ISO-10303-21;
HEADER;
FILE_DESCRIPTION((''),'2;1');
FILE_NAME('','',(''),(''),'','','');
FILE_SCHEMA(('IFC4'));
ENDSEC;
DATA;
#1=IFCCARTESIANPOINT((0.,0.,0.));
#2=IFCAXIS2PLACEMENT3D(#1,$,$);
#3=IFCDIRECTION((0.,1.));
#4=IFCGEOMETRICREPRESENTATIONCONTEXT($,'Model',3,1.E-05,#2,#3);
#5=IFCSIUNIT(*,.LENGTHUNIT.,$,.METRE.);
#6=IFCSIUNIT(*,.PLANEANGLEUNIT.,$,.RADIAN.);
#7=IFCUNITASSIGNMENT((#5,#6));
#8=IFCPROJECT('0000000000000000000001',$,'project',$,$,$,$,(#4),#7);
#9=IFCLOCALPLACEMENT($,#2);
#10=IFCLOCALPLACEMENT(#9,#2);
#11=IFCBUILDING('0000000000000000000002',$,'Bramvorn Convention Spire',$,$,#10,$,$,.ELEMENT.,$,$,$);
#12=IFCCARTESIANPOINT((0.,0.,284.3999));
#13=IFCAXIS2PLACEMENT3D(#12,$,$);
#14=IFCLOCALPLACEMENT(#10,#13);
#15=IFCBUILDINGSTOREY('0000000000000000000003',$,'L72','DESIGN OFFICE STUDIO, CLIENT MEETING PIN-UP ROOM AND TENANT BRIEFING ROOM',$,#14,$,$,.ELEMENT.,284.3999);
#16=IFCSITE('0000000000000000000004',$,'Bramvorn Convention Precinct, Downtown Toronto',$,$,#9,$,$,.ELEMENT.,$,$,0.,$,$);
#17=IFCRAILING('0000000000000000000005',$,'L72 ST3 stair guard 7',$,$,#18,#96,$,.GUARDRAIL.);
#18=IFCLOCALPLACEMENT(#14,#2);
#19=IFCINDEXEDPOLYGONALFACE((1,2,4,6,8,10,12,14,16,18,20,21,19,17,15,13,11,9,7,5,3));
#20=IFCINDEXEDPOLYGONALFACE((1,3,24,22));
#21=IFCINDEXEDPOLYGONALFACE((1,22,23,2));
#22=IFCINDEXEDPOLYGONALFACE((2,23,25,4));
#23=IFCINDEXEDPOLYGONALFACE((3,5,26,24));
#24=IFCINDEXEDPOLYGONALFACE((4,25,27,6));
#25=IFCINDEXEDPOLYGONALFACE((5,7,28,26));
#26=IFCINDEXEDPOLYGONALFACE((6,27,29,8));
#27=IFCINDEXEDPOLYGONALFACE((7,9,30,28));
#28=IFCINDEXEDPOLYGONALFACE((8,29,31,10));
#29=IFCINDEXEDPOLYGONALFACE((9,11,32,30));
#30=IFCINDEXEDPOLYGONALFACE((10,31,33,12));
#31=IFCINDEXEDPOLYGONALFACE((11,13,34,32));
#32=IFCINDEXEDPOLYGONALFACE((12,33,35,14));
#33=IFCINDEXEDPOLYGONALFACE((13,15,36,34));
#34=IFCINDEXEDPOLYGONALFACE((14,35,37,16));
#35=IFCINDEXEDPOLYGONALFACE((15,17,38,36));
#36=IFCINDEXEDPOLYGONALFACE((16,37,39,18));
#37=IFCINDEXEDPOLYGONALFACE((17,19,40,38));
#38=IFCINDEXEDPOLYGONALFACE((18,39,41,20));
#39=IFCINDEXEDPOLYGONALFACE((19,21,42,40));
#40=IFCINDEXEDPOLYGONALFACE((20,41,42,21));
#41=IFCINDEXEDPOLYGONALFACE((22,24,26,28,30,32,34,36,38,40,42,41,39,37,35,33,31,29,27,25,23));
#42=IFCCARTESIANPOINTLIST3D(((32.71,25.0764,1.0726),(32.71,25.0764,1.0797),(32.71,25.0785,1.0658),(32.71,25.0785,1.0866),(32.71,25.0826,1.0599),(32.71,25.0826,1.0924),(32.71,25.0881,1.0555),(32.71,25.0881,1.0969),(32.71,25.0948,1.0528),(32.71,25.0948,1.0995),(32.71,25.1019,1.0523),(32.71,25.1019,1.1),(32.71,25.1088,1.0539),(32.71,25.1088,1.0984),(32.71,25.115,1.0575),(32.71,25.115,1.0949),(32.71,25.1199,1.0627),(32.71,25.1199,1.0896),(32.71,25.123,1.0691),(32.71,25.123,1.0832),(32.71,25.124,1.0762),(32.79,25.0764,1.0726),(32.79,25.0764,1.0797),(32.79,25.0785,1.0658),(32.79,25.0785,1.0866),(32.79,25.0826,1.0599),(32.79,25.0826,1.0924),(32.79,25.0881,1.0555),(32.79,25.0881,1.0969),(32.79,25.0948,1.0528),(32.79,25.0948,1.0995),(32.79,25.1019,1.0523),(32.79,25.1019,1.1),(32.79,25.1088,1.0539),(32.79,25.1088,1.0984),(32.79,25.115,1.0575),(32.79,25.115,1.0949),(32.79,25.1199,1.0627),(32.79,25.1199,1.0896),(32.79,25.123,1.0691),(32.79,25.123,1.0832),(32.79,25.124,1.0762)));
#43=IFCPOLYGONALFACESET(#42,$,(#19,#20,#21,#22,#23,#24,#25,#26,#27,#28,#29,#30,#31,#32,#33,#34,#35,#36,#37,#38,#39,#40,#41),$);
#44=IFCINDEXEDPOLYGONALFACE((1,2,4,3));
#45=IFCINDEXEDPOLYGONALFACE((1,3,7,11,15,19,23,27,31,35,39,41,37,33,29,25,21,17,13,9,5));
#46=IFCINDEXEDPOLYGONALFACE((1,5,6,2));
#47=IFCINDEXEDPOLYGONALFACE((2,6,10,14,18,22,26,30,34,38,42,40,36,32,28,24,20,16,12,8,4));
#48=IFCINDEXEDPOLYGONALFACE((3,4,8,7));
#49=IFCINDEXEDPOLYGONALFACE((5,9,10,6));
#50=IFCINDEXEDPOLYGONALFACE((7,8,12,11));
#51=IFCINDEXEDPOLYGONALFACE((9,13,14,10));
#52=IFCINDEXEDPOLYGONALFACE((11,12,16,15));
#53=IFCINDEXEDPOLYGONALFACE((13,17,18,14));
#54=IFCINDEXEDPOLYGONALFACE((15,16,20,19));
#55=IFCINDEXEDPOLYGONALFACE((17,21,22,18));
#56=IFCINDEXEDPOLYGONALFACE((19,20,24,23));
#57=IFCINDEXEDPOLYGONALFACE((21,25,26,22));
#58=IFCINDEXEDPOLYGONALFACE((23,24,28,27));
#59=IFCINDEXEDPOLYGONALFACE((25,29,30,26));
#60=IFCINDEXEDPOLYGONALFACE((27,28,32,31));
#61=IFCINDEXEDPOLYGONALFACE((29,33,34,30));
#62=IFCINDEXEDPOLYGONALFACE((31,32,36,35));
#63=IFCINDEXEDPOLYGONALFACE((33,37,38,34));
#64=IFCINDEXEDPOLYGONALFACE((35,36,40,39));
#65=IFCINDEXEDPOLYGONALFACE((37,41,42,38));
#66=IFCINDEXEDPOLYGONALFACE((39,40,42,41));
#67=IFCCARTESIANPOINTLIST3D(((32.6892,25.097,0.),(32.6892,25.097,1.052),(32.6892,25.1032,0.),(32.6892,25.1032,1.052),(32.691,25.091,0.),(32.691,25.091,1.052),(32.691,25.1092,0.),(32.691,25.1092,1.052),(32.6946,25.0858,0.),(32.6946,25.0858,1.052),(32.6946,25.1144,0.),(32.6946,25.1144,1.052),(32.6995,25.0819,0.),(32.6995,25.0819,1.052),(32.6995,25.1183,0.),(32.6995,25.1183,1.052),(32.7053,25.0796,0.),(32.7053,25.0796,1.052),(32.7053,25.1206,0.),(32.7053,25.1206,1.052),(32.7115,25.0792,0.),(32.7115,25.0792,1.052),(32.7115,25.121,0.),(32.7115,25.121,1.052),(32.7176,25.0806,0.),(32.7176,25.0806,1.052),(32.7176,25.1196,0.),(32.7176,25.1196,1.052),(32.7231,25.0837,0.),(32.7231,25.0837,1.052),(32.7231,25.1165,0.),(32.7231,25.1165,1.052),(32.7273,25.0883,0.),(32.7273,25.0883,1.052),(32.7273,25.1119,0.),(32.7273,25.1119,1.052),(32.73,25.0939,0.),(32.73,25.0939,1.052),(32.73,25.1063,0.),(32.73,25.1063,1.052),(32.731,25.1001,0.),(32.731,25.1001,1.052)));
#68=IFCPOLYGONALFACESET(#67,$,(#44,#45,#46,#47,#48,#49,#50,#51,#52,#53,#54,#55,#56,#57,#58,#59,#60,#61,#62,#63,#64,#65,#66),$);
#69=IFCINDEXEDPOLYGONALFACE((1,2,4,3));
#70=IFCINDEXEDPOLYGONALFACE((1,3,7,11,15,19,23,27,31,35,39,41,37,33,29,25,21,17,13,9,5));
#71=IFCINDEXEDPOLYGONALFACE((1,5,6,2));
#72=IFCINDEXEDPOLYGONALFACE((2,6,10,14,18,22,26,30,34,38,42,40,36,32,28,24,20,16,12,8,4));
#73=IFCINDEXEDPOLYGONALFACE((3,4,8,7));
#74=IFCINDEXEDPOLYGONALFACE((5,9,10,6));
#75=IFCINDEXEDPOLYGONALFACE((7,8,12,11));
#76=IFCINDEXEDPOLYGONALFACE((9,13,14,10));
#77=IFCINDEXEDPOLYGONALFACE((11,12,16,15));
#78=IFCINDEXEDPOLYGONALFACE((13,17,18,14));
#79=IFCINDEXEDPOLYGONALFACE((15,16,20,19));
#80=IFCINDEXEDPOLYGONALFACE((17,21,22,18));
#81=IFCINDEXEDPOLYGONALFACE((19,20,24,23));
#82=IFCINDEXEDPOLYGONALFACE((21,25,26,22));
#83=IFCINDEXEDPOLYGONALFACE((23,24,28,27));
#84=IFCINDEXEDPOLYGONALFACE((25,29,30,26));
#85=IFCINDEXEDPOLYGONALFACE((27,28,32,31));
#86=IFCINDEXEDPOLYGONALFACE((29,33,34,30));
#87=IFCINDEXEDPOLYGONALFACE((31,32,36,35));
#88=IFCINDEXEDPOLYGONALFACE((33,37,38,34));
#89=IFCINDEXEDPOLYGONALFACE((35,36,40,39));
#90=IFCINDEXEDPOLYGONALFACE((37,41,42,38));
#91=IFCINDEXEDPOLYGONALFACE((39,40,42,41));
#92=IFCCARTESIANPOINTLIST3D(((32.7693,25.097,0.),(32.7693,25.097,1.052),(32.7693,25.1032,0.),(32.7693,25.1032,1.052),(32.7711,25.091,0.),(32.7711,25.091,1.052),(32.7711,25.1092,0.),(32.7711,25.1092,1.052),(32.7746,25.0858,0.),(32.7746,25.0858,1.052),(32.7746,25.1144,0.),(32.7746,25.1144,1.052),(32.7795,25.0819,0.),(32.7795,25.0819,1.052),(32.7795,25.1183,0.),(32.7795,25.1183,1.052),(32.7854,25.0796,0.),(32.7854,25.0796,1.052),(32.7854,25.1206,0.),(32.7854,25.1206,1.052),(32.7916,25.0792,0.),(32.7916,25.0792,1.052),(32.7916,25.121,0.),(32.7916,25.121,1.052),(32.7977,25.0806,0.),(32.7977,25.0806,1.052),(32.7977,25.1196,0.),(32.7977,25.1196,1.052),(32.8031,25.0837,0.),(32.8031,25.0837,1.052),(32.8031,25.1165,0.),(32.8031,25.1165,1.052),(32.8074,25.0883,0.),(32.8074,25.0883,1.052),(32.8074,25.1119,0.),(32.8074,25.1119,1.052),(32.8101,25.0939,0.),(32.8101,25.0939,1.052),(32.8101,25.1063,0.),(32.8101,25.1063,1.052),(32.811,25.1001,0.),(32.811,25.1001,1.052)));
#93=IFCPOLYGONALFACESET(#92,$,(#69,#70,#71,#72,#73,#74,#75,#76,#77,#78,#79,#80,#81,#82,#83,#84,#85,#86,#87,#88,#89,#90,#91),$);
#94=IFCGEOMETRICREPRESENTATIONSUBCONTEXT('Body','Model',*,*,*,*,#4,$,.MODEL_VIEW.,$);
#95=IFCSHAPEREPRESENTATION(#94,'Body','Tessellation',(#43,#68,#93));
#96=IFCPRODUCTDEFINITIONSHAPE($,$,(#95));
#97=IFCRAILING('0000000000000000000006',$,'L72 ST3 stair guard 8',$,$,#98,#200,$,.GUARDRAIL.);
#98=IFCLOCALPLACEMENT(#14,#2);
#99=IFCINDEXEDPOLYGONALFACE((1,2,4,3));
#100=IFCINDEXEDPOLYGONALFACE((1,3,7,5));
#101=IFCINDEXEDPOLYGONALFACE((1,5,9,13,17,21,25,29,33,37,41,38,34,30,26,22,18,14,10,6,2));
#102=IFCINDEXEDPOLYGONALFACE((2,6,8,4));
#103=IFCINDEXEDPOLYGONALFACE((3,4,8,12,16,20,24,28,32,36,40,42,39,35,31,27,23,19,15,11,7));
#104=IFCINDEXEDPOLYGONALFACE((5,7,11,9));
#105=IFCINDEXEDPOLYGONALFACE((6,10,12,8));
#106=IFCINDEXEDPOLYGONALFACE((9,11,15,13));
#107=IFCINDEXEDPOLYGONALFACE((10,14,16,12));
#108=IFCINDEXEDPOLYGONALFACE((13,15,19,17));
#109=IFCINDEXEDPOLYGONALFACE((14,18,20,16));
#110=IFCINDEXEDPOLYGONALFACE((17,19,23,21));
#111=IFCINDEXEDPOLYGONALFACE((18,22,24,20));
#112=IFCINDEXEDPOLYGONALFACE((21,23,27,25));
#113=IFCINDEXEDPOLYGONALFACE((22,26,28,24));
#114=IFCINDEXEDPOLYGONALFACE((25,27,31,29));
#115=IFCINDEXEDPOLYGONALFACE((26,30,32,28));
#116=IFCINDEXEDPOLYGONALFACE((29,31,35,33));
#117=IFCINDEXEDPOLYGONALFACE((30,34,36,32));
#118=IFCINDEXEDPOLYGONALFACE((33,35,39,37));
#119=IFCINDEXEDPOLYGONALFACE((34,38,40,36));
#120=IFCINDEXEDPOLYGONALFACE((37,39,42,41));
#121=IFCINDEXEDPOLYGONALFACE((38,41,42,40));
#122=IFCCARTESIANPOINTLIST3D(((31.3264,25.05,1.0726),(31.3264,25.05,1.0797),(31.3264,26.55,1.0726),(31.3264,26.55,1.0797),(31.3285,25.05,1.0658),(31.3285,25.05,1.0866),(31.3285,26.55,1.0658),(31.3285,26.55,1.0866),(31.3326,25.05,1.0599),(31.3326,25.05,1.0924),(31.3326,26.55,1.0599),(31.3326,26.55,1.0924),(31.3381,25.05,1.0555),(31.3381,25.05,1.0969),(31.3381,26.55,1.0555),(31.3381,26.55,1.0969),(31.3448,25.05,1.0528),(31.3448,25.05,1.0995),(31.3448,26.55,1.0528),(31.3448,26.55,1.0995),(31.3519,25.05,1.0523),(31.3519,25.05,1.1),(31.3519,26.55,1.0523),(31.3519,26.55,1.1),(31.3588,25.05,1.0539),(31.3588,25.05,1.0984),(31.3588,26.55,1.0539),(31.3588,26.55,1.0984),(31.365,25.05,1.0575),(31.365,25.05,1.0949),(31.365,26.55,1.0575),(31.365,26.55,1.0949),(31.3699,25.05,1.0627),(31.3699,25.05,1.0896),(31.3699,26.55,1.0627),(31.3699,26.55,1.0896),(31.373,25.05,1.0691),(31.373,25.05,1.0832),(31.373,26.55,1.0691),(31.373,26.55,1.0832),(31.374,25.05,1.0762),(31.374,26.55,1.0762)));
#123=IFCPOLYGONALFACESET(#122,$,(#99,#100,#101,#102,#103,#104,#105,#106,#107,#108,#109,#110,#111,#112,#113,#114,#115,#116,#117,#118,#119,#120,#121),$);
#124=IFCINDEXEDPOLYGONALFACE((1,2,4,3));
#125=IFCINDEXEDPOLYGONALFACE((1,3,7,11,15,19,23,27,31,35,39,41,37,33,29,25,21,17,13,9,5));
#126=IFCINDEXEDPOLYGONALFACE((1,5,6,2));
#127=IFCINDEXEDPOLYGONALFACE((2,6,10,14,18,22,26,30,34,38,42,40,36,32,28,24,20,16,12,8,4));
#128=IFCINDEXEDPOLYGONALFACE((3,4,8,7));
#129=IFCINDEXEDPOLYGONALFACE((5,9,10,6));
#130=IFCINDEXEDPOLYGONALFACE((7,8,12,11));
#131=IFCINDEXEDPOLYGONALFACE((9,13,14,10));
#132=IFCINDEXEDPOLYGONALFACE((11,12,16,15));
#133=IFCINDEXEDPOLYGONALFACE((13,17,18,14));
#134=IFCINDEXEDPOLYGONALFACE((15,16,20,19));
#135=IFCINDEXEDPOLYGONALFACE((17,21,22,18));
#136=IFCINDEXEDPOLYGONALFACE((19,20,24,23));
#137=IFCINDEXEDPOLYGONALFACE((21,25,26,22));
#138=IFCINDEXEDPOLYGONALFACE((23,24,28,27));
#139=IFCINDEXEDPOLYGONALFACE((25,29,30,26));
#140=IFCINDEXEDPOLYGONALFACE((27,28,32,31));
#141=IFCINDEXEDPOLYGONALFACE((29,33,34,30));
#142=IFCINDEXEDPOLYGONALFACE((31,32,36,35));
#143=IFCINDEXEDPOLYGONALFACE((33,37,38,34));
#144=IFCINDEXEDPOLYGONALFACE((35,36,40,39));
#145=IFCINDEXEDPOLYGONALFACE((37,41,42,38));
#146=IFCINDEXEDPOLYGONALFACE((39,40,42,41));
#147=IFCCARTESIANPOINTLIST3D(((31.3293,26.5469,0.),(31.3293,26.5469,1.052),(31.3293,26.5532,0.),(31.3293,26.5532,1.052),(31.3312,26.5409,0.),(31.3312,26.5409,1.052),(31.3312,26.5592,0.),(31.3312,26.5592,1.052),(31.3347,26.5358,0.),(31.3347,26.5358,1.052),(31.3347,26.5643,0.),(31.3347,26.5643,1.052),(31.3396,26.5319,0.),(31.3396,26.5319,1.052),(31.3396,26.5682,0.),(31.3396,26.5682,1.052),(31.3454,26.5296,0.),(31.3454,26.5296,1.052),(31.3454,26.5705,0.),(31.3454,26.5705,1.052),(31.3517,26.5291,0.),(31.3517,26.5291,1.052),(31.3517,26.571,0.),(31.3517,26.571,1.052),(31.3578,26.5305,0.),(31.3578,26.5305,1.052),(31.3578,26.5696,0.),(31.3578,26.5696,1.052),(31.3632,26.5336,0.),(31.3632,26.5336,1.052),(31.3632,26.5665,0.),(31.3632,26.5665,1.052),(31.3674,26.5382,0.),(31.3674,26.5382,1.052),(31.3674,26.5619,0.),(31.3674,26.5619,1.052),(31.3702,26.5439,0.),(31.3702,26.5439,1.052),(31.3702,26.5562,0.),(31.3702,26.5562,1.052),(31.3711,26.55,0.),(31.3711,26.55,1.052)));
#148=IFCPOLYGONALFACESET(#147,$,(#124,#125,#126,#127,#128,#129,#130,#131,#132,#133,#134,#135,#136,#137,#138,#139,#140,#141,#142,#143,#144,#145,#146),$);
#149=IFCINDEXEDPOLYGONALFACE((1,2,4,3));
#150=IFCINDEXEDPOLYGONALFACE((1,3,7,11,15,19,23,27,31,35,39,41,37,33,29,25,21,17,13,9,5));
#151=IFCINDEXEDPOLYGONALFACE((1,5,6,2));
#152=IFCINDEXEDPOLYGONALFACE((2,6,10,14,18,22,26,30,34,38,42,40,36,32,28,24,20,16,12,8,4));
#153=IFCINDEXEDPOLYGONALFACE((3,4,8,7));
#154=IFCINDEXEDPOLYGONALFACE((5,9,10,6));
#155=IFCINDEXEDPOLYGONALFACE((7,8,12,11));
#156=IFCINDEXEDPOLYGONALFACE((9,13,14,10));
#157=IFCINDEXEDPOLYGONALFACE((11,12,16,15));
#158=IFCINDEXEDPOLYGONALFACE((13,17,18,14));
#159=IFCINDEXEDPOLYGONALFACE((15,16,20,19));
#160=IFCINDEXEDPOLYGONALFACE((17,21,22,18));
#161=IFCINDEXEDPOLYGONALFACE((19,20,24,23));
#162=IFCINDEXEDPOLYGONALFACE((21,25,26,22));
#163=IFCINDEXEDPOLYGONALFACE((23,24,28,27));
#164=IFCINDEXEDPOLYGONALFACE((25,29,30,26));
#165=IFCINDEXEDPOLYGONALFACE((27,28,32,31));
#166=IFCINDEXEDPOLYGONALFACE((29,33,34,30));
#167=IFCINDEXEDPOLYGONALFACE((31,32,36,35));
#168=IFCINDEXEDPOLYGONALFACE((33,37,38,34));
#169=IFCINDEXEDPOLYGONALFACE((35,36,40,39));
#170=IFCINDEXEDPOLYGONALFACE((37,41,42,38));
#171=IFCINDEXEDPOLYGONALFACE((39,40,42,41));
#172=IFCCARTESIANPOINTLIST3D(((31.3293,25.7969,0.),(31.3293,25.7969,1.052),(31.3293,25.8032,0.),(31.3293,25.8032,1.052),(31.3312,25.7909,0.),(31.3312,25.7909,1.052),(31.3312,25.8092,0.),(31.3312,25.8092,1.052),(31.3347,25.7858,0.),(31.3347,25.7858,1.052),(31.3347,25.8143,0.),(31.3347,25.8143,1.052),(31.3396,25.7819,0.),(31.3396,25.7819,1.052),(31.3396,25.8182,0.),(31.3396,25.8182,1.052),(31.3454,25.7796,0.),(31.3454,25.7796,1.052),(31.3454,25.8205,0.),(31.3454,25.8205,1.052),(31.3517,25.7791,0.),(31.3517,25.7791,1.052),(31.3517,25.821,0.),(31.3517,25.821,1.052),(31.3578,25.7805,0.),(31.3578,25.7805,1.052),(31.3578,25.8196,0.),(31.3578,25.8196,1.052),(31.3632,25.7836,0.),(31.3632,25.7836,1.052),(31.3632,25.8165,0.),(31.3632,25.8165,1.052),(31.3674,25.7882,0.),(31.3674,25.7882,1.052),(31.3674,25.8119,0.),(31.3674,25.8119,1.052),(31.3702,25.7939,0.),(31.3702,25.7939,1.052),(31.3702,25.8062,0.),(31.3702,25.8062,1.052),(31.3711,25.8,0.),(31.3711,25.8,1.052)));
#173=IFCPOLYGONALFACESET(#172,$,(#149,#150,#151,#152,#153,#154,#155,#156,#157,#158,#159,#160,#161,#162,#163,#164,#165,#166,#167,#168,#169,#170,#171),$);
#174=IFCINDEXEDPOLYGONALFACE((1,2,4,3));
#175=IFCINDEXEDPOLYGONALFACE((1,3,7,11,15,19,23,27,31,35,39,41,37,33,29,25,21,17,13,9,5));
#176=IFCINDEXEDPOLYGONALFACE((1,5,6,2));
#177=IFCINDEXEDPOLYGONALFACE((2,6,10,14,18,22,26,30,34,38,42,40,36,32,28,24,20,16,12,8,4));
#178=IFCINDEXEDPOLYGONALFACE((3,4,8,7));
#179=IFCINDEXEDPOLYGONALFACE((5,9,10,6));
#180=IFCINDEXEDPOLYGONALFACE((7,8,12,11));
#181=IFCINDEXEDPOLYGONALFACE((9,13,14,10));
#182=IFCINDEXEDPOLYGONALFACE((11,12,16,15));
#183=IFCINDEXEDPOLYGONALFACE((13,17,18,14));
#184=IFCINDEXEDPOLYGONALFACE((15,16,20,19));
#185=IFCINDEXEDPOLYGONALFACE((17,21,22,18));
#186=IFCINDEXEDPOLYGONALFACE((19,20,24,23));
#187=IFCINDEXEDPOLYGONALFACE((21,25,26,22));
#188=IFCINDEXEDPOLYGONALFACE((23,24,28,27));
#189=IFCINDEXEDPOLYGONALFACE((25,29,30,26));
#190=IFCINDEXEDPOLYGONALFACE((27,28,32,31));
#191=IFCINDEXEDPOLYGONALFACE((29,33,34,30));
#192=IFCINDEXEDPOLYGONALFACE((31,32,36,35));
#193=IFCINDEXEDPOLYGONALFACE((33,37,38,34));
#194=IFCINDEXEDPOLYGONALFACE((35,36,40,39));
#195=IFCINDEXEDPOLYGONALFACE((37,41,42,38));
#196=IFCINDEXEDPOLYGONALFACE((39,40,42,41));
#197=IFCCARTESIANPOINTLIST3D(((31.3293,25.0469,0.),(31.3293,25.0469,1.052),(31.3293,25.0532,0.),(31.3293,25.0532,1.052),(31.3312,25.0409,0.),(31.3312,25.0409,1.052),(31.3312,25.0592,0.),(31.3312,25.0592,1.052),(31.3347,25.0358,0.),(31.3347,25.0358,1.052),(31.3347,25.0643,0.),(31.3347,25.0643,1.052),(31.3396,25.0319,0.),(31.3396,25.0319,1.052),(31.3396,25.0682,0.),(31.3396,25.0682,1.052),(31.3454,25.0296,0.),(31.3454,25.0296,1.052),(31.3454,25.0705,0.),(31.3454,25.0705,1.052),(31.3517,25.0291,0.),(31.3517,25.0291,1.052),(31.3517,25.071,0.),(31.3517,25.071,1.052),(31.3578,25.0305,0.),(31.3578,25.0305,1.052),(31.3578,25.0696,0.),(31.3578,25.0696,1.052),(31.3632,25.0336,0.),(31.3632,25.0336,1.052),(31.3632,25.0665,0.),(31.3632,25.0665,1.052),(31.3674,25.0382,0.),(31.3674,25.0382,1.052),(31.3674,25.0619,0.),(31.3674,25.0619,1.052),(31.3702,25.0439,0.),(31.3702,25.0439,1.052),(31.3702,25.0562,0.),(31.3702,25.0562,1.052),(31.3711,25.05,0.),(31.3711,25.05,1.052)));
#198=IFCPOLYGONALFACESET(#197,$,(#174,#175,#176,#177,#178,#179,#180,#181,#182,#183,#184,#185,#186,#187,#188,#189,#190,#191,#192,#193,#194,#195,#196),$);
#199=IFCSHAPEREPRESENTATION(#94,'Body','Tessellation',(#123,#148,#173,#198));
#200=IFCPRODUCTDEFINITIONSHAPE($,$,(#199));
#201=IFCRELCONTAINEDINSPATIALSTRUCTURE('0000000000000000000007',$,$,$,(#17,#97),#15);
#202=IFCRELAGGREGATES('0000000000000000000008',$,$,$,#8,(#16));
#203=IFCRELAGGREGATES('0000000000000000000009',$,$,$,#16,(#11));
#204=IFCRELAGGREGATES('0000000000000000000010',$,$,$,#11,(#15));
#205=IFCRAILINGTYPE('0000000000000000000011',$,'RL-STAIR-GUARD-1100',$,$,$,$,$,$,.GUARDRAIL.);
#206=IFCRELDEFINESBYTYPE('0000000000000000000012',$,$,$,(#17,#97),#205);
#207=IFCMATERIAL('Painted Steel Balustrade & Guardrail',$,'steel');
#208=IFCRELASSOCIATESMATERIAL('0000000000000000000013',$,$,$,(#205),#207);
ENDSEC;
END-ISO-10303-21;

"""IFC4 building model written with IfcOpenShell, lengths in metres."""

from ifc_helpers import new_model, si_unit, direction, frame, origin, origin_2d, place, context, subcontext, project, spatial, circle, extrude, material, type_object, element, save


model = new_model("IFC4")

# Units and contexts
model_context = context("Model", 3, precision=1e-05, world=origin(), true_north=direction((0.0, 1.0)))
body_context = subcontext(model_context, "Body", "Model", "MODEL_VIEW")
ifc_project = project(units=[si_unit("LENGTHUNIT", "METRE"), si_unit("PLANEANGLEUNIT", "RADIAN")], contexts=[model_context])

# Site, building, storey
site_placement = place(None, origin())
site = spatial("IfcSite", under=ifc_project, at=site_placement, Name="Bramvorn Convention Precinct, Downtown Toronto", CompositionType="ELEMENT", RefElevation=0.0)
building_placement = place(site_placement, origin())
building = spatial("IfcBuilding", under=site, at=building_placement, Name="Bramvorn Convention Spire", CompositionType="ELEMENT")
storey_placement = place(building_placement, frame((0.0, 0.0, 284.3999)))
storey = spatial("IfcBuildingStorey", under=building, at=storey_placement, Name="L72", Description="DESIGN OFFICE STUDIO, CLIENT MEETING PIN-UP ROOM AND TENANT BRIEFING ROOM", CompositionType="ELEMENT", Elevation=284.3999)

# Railings
ifc_material_1 = material(Name="Painted Steel Balustrade & Guardrail", Category="steel")
railing_type_1 = type_object("IfcRailingType", Name="RL-STAIR-GUARD-1100", PredefinedType="GUARDRAIL", material=ifc_material_1)
railing_1_placement = place(storey_placement, frame((32.71, 25.1001, 0.0)))
element("IfcRailing", 1, at=railing_1_placement, inside=storey, type_object=railing_type_1, Name="L72 ST3 stair guard 7", PredefinedType="GUARDRAIL", context=body_context, shape_type="SweptSolid", body=[
    extrude(circle(Radius=0.0239, at=origin_2d()), frame((0.0, 0.0, 1.0762), z_axis=(1.0, 0.0, 0.0), x_axis=(0.0, 1.0, 0.0)), (0.0, 0.0, 1.0), 0.0801),
    extrude(circle(Radius=0.021, at=origin_2d()), origin(), (0.0, 0.0, 1.0), 1.052),
    extrude(circle(Radius=0.021, at=origin_2d()), frame((0.0801, 0.0, 0.0)), (0.0, 0.0, 1.0), 1.052),
])
for number, where, name in (
    (2, (31.3501, 26.55, 0.0), "L72 ST3 stair guard 8"),
):
    element("IfcRailing", number, at=place(storey_placement, frame(where)), inside=storey, type_object=railing_type_1, Name=name, PredefinedType="GUARDRAIL", context=body_context, shape_type="SweptSolid", body=[
        extrude(circle(Radius=0.0239, at=origin_2d()), frame((0.0, 0.0, 1.0762), z_axis=(0.0, -1.0, 0.0), x_axis=(1.0, 0.0, 0.0)), (0.0, 0.0, 1.0), 1.5),
        extrude(circle(Radius=0.021, at=origin_2d()), origin(), (0.0, 0.0, 1.0), 1.052),
        extrude(circle(Radius=0.021, at=origin_2d()), frame((0.0, -0.75, 0.0)), (0.0, 0.0, 1.0), 1.052),
        extrude(circle(Radius=0.021, at=origin_2d()), frame((0.0, -1.5, 0.0)), (0.0, 0.0, 1.0), 1.052),
    ])

save(model, "model.ifc")
